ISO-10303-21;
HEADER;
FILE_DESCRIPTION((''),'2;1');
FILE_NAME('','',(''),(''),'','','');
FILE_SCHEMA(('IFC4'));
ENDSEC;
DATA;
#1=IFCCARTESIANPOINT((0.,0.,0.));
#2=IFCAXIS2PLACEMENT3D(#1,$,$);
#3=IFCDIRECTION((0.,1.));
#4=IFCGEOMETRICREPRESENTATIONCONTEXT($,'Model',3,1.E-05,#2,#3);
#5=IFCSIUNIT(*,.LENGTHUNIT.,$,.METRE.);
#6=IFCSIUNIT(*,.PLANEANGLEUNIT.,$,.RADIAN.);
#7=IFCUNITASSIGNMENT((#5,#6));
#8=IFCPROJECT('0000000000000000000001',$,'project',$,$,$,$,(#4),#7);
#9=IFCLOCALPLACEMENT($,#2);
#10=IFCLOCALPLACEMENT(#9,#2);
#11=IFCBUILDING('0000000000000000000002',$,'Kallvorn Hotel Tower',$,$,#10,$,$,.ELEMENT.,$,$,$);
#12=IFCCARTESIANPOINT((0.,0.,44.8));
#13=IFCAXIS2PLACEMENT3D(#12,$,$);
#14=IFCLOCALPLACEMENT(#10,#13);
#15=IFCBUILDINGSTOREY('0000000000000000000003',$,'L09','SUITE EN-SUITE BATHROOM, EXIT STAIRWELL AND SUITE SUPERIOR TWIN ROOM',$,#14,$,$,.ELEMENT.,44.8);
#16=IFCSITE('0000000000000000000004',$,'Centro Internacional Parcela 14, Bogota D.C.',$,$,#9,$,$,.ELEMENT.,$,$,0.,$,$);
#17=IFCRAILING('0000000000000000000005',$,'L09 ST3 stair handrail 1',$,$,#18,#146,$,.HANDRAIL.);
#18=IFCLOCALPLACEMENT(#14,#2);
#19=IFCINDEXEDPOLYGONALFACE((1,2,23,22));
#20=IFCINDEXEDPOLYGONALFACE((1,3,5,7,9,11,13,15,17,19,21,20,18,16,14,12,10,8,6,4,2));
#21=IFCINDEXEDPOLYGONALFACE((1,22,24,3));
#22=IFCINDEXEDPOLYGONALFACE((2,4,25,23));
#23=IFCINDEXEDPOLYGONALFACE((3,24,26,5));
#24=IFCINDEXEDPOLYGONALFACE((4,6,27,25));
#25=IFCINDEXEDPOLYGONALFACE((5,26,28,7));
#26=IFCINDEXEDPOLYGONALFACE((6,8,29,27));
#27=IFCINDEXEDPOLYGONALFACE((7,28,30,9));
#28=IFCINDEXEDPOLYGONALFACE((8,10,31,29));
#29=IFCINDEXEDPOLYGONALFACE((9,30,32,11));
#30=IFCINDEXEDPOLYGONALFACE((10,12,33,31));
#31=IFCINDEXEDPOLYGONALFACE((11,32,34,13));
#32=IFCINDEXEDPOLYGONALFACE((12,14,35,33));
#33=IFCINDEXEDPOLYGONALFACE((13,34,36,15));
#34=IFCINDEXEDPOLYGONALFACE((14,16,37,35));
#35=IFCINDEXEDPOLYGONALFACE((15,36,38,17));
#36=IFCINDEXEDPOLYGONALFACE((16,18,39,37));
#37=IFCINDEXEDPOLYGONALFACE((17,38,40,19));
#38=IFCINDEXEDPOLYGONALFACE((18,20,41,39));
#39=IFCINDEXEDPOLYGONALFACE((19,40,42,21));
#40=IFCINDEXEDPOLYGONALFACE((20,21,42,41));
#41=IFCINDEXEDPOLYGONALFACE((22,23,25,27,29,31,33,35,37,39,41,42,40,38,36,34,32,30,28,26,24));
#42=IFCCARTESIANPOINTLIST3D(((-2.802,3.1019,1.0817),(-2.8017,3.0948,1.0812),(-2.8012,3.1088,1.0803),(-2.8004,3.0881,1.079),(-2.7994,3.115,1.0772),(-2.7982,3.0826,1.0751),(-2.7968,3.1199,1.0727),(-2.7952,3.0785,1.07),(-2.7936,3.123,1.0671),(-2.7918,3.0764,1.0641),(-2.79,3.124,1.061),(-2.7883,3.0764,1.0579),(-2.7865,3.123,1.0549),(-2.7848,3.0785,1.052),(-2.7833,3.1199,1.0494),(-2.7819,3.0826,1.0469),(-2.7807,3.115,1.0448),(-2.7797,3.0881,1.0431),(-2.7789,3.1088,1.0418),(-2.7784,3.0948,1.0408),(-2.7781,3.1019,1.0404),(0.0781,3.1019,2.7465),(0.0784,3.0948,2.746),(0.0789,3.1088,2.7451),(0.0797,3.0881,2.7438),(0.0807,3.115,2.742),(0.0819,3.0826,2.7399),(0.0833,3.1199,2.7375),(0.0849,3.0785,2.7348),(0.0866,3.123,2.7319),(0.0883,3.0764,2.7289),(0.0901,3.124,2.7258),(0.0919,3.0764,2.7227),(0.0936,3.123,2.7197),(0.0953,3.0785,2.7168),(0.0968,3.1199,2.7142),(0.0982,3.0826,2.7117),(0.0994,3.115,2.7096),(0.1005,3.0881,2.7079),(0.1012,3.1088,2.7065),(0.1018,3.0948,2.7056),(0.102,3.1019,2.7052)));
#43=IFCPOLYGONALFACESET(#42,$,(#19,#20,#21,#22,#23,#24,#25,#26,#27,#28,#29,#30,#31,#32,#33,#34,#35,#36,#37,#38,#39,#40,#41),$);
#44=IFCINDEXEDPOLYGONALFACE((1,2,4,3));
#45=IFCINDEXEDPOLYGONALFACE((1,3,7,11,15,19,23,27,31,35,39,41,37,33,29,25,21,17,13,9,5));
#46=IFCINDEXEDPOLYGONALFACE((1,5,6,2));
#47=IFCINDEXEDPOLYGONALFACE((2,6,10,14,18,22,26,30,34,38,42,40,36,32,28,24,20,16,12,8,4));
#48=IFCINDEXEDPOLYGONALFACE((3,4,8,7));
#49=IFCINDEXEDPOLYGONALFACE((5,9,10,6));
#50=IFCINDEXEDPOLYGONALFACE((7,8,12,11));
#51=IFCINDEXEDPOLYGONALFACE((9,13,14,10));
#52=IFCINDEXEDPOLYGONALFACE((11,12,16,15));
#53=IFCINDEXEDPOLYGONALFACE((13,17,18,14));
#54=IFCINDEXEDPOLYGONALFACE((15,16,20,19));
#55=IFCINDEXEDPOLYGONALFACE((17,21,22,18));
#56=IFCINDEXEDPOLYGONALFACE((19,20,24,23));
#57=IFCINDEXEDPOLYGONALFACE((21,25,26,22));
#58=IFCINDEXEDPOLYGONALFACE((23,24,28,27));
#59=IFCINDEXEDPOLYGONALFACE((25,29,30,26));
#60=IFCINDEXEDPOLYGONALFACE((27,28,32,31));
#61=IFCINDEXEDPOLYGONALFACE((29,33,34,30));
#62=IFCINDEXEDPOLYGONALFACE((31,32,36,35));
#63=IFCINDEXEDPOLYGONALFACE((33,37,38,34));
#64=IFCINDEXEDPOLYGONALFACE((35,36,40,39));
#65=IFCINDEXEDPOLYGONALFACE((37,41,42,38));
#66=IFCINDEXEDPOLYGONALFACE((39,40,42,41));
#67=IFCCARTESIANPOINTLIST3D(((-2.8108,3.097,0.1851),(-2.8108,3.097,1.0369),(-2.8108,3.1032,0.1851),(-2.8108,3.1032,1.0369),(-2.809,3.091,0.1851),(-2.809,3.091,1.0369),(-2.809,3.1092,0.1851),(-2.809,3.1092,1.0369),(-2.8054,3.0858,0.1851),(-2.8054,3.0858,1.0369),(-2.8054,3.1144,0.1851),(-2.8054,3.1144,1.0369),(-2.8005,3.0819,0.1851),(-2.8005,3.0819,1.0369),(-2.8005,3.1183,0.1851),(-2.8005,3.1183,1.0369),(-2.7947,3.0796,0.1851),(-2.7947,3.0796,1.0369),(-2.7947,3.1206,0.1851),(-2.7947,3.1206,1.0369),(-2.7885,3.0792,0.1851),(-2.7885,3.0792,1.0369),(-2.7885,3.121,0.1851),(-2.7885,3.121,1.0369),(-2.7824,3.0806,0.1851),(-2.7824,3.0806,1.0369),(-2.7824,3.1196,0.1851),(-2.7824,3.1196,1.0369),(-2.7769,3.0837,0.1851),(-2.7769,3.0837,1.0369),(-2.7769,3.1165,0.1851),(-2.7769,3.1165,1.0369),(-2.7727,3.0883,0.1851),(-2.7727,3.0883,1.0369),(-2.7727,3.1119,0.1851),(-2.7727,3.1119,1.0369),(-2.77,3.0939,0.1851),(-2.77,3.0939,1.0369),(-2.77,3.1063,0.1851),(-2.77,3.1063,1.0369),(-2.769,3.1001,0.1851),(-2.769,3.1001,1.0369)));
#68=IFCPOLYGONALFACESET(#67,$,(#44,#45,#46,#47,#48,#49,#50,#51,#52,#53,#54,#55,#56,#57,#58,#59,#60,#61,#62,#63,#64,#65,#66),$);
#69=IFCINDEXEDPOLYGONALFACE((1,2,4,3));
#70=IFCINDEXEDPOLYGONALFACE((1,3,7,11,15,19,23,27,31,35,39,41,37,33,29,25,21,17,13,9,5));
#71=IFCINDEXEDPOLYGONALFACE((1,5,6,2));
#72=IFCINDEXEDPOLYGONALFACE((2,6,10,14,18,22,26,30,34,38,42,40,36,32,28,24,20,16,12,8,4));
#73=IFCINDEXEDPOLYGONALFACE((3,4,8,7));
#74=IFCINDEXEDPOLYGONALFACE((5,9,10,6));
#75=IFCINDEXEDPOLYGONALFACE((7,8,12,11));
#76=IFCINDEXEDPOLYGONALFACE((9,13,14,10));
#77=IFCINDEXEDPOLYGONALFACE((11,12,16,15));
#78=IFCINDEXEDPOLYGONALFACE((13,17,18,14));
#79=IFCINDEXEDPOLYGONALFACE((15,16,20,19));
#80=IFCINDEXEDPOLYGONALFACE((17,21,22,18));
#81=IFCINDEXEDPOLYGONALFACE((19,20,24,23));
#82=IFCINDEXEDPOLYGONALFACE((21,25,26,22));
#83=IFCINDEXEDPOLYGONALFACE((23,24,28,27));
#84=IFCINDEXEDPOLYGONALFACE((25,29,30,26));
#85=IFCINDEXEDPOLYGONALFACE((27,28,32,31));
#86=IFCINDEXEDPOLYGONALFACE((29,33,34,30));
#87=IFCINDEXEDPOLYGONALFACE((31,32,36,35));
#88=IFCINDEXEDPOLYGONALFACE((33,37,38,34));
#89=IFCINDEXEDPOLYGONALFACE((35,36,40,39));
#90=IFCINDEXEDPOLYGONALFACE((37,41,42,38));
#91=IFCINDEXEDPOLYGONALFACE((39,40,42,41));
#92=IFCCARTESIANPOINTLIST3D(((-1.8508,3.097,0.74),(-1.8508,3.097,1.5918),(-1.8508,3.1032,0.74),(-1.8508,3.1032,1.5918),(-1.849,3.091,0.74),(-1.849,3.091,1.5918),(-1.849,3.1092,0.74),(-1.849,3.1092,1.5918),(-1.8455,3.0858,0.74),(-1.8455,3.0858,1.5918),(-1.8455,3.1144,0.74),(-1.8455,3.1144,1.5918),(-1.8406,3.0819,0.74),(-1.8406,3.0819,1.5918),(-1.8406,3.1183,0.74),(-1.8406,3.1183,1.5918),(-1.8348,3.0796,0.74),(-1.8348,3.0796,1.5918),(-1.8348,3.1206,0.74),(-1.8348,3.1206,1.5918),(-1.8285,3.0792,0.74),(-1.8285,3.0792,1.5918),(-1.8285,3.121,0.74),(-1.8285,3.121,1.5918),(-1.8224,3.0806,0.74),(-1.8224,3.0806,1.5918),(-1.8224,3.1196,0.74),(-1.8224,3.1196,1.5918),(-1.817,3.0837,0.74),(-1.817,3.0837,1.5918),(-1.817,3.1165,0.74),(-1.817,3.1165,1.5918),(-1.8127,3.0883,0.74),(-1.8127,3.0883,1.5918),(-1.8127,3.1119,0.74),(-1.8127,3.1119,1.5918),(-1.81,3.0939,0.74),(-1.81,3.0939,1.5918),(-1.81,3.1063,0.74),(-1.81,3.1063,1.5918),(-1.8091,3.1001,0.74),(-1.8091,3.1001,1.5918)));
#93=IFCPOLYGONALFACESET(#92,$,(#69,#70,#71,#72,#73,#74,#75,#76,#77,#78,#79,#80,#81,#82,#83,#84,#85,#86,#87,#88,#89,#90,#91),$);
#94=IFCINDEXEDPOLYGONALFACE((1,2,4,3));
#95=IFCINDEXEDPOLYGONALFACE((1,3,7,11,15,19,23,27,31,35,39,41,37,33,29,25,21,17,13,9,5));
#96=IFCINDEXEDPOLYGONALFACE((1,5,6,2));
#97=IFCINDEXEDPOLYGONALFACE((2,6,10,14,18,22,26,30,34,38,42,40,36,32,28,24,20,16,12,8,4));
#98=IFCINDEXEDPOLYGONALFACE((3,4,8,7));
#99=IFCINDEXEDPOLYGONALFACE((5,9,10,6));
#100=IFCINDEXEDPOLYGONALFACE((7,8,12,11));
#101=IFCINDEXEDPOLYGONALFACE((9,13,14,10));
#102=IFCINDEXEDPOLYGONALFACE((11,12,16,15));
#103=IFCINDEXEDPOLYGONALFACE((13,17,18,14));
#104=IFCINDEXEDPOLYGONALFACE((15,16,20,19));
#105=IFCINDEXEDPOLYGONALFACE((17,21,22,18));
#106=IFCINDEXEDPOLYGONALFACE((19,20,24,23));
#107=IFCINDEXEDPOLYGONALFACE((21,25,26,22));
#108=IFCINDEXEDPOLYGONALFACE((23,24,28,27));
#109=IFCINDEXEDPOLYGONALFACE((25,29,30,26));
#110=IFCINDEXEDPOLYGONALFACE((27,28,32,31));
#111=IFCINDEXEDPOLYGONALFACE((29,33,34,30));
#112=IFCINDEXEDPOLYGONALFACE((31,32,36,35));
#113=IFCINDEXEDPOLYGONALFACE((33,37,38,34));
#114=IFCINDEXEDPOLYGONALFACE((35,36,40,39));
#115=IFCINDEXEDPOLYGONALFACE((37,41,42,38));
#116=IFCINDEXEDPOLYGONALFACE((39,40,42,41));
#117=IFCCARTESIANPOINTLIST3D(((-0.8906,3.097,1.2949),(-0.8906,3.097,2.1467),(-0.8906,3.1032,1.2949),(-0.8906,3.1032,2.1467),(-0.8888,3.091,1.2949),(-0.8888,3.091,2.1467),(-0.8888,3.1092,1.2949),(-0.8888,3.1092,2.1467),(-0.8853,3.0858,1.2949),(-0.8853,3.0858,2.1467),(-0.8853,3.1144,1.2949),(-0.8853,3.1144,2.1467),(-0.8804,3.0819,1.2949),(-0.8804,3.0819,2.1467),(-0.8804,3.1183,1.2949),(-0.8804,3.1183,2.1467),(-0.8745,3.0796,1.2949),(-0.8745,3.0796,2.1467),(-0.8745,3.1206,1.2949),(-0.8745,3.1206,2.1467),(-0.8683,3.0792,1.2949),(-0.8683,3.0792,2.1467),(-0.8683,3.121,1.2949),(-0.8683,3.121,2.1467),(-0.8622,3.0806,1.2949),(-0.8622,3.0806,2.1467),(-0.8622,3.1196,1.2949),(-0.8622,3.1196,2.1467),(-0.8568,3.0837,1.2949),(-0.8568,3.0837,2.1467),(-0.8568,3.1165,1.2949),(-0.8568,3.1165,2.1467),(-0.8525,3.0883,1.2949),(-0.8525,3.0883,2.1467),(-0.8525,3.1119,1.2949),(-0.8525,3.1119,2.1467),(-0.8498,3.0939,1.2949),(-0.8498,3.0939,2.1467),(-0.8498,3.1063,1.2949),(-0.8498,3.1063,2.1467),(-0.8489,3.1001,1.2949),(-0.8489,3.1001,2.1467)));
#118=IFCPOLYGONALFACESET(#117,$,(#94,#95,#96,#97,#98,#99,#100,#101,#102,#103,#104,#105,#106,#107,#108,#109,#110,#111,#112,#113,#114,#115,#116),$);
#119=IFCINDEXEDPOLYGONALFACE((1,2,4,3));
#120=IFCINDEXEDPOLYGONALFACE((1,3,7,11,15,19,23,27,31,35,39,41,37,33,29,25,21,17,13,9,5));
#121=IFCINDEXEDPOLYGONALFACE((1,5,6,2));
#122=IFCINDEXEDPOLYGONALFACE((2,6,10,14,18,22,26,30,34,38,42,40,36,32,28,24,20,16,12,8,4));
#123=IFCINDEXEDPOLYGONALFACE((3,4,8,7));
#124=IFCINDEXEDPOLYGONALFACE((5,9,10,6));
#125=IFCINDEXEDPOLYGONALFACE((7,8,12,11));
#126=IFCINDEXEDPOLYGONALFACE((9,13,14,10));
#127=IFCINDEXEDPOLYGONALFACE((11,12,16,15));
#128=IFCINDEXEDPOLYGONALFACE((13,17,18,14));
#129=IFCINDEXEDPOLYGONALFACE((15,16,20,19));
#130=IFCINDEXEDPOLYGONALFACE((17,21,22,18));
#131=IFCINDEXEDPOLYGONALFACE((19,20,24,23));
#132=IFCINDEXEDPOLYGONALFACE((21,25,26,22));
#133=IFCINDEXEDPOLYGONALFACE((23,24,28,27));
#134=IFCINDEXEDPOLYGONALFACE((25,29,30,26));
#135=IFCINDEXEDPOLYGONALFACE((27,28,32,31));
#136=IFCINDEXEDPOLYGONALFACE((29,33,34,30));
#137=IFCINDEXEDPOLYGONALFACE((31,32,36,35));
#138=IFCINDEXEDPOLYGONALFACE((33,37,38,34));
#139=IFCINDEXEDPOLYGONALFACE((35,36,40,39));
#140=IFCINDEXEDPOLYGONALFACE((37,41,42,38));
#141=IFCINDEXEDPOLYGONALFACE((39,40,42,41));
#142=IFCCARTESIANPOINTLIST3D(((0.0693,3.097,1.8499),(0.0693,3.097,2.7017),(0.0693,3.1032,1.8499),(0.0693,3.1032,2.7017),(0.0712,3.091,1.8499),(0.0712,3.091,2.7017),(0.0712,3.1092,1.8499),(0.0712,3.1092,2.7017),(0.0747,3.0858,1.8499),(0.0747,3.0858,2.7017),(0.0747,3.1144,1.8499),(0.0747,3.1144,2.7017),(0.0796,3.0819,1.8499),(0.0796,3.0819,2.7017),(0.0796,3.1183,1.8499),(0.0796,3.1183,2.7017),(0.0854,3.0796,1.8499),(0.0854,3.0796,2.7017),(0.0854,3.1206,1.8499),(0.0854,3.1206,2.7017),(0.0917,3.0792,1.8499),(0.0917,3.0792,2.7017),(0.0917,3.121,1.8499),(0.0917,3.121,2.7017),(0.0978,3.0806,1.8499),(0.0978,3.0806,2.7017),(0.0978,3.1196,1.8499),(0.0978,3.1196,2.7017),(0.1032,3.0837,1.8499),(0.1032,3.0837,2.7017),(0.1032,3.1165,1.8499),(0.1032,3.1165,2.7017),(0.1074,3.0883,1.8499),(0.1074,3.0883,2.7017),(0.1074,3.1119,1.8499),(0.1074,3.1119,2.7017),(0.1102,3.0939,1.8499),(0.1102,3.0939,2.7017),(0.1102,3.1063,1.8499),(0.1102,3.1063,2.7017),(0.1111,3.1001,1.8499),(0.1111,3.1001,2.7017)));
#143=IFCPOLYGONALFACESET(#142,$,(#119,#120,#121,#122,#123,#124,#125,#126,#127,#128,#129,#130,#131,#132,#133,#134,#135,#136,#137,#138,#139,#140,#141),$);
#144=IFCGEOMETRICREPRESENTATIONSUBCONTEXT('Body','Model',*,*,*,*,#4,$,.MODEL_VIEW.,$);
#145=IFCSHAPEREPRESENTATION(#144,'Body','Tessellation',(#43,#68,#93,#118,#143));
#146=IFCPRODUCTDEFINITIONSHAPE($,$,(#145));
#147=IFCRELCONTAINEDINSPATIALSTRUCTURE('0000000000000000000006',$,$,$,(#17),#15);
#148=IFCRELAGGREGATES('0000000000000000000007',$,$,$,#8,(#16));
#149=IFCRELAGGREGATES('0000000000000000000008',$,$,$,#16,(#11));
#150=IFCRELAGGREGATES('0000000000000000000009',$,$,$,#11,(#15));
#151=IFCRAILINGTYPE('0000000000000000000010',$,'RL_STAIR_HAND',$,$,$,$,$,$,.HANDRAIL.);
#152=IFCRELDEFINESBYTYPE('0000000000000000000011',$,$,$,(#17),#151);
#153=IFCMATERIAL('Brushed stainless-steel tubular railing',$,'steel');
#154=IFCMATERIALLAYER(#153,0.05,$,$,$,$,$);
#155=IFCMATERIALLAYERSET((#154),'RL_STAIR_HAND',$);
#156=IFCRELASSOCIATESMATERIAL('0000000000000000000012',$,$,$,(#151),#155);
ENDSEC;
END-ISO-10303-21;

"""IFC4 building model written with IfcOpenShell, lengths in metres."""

from ifc_helpers import new_model, si_unit, direction, frame, origin, origin_2d, place, context, subcontext, project, spatial, circle, extrude, material, layer, layer_set, type_object, element, save


model = new_model("IFC4")

# Units and contexts
model_context = context("Model", 3, precision=1e-05, world=origin(), true_north=direction((0.0, 1.0)))
body_context = subcontext(model_context, "Body", "Model", "MODEL_VIEW")
ifc_project = project(units=[si_unit("LENGTHUNIT", "METRE"), si_unit("PLANEANGLEUNIT", "RADIAN")], contexts=[model_context])

# Site, building, storey
site_placement = place(None, origin())
site = spatial("IfcSite", under=ifc_project, at=site_placement, Name="Centro Internacional Parcela 14, Bogota D.C.", CompositionType="ELEMENT", RefElevation=0.0)
building_placement = place(site_placement, origin())
building = spatial("IfcBuilding", under=site, at=building_placement, Name="Kallvorn Hotel Tower", CompositionType="ELEMENT")
storey_placement = place(building_placement, frame((0.0, 0.0, 44.8)))
storey = spatial("IfcBuildingStorey", under=building, at=storey_placement, Name="L09", Description="SUITE EN-SUITE BATHROOM, EXIT STAIRWELL AND SUITE SUPERIOR TWIN ROOM", CompositionType="ELEMENT", Elevation=44.8)

# Railing
ifc_material_1 = material(Name="Brushed stainless-steel tubular railing", Category="steel")
ifc_layer_1 = layer(ifc_material_1, 0.05)
ifc_layer_set_1 = layer_set([ifc_layer_1], Name="RL_STAIR_HAND")
railing_type_1 = type_object("IfcRailingType", Name="RL_STAIR_HAND", PredefinedType="HANDRAIL", material=ifc_layer_set_1)
railing_1_placement = place(storey_placement, frame((-2.79, 3.1001, 0.1851)))
element("IfcRailing", 1, at=railing_1_placement, inside=storey, type_object=railing_type_1, Name="L09 ST3 stair handrail 1", PredefinedType="HANDRAIL", context=body_context, shape_type="SweptSolid", body=[
    extrude(circle(Radius=0.0239, at=origin_2d()), frame((0.0, 0.0, 0.876), z_axis=(0.865771, 0.0, 0.50044), x_axis=(0.0, 1.0, 0.0)), (0.0, 0.0, 1.0), 3.3267),
    extrude(circle(Radius=0.021, at=origin_2d()), origin(), (0.0, 0.0, 1.0), 0.8518),
    extrude(circle(Radius=0.021, at=origin_2d()), frame((0.96, 0.0, 0.5549)), (0.0, 0.0, 1.0), 0.8518),
    extrude(circle(Radius=0.021, at=origin_2d()), frame((1.9202, 0.0, 1.1099)), (0.0, 0.0, 1.0), 0.8518),
    extrude(circle(Radius=0.021, at=origin_2d()), frame((2.8801, 0.0, 1.6648)), (0.0, 0.0, 1.0), 0.8518),
])

save(model, "model.ifc")
